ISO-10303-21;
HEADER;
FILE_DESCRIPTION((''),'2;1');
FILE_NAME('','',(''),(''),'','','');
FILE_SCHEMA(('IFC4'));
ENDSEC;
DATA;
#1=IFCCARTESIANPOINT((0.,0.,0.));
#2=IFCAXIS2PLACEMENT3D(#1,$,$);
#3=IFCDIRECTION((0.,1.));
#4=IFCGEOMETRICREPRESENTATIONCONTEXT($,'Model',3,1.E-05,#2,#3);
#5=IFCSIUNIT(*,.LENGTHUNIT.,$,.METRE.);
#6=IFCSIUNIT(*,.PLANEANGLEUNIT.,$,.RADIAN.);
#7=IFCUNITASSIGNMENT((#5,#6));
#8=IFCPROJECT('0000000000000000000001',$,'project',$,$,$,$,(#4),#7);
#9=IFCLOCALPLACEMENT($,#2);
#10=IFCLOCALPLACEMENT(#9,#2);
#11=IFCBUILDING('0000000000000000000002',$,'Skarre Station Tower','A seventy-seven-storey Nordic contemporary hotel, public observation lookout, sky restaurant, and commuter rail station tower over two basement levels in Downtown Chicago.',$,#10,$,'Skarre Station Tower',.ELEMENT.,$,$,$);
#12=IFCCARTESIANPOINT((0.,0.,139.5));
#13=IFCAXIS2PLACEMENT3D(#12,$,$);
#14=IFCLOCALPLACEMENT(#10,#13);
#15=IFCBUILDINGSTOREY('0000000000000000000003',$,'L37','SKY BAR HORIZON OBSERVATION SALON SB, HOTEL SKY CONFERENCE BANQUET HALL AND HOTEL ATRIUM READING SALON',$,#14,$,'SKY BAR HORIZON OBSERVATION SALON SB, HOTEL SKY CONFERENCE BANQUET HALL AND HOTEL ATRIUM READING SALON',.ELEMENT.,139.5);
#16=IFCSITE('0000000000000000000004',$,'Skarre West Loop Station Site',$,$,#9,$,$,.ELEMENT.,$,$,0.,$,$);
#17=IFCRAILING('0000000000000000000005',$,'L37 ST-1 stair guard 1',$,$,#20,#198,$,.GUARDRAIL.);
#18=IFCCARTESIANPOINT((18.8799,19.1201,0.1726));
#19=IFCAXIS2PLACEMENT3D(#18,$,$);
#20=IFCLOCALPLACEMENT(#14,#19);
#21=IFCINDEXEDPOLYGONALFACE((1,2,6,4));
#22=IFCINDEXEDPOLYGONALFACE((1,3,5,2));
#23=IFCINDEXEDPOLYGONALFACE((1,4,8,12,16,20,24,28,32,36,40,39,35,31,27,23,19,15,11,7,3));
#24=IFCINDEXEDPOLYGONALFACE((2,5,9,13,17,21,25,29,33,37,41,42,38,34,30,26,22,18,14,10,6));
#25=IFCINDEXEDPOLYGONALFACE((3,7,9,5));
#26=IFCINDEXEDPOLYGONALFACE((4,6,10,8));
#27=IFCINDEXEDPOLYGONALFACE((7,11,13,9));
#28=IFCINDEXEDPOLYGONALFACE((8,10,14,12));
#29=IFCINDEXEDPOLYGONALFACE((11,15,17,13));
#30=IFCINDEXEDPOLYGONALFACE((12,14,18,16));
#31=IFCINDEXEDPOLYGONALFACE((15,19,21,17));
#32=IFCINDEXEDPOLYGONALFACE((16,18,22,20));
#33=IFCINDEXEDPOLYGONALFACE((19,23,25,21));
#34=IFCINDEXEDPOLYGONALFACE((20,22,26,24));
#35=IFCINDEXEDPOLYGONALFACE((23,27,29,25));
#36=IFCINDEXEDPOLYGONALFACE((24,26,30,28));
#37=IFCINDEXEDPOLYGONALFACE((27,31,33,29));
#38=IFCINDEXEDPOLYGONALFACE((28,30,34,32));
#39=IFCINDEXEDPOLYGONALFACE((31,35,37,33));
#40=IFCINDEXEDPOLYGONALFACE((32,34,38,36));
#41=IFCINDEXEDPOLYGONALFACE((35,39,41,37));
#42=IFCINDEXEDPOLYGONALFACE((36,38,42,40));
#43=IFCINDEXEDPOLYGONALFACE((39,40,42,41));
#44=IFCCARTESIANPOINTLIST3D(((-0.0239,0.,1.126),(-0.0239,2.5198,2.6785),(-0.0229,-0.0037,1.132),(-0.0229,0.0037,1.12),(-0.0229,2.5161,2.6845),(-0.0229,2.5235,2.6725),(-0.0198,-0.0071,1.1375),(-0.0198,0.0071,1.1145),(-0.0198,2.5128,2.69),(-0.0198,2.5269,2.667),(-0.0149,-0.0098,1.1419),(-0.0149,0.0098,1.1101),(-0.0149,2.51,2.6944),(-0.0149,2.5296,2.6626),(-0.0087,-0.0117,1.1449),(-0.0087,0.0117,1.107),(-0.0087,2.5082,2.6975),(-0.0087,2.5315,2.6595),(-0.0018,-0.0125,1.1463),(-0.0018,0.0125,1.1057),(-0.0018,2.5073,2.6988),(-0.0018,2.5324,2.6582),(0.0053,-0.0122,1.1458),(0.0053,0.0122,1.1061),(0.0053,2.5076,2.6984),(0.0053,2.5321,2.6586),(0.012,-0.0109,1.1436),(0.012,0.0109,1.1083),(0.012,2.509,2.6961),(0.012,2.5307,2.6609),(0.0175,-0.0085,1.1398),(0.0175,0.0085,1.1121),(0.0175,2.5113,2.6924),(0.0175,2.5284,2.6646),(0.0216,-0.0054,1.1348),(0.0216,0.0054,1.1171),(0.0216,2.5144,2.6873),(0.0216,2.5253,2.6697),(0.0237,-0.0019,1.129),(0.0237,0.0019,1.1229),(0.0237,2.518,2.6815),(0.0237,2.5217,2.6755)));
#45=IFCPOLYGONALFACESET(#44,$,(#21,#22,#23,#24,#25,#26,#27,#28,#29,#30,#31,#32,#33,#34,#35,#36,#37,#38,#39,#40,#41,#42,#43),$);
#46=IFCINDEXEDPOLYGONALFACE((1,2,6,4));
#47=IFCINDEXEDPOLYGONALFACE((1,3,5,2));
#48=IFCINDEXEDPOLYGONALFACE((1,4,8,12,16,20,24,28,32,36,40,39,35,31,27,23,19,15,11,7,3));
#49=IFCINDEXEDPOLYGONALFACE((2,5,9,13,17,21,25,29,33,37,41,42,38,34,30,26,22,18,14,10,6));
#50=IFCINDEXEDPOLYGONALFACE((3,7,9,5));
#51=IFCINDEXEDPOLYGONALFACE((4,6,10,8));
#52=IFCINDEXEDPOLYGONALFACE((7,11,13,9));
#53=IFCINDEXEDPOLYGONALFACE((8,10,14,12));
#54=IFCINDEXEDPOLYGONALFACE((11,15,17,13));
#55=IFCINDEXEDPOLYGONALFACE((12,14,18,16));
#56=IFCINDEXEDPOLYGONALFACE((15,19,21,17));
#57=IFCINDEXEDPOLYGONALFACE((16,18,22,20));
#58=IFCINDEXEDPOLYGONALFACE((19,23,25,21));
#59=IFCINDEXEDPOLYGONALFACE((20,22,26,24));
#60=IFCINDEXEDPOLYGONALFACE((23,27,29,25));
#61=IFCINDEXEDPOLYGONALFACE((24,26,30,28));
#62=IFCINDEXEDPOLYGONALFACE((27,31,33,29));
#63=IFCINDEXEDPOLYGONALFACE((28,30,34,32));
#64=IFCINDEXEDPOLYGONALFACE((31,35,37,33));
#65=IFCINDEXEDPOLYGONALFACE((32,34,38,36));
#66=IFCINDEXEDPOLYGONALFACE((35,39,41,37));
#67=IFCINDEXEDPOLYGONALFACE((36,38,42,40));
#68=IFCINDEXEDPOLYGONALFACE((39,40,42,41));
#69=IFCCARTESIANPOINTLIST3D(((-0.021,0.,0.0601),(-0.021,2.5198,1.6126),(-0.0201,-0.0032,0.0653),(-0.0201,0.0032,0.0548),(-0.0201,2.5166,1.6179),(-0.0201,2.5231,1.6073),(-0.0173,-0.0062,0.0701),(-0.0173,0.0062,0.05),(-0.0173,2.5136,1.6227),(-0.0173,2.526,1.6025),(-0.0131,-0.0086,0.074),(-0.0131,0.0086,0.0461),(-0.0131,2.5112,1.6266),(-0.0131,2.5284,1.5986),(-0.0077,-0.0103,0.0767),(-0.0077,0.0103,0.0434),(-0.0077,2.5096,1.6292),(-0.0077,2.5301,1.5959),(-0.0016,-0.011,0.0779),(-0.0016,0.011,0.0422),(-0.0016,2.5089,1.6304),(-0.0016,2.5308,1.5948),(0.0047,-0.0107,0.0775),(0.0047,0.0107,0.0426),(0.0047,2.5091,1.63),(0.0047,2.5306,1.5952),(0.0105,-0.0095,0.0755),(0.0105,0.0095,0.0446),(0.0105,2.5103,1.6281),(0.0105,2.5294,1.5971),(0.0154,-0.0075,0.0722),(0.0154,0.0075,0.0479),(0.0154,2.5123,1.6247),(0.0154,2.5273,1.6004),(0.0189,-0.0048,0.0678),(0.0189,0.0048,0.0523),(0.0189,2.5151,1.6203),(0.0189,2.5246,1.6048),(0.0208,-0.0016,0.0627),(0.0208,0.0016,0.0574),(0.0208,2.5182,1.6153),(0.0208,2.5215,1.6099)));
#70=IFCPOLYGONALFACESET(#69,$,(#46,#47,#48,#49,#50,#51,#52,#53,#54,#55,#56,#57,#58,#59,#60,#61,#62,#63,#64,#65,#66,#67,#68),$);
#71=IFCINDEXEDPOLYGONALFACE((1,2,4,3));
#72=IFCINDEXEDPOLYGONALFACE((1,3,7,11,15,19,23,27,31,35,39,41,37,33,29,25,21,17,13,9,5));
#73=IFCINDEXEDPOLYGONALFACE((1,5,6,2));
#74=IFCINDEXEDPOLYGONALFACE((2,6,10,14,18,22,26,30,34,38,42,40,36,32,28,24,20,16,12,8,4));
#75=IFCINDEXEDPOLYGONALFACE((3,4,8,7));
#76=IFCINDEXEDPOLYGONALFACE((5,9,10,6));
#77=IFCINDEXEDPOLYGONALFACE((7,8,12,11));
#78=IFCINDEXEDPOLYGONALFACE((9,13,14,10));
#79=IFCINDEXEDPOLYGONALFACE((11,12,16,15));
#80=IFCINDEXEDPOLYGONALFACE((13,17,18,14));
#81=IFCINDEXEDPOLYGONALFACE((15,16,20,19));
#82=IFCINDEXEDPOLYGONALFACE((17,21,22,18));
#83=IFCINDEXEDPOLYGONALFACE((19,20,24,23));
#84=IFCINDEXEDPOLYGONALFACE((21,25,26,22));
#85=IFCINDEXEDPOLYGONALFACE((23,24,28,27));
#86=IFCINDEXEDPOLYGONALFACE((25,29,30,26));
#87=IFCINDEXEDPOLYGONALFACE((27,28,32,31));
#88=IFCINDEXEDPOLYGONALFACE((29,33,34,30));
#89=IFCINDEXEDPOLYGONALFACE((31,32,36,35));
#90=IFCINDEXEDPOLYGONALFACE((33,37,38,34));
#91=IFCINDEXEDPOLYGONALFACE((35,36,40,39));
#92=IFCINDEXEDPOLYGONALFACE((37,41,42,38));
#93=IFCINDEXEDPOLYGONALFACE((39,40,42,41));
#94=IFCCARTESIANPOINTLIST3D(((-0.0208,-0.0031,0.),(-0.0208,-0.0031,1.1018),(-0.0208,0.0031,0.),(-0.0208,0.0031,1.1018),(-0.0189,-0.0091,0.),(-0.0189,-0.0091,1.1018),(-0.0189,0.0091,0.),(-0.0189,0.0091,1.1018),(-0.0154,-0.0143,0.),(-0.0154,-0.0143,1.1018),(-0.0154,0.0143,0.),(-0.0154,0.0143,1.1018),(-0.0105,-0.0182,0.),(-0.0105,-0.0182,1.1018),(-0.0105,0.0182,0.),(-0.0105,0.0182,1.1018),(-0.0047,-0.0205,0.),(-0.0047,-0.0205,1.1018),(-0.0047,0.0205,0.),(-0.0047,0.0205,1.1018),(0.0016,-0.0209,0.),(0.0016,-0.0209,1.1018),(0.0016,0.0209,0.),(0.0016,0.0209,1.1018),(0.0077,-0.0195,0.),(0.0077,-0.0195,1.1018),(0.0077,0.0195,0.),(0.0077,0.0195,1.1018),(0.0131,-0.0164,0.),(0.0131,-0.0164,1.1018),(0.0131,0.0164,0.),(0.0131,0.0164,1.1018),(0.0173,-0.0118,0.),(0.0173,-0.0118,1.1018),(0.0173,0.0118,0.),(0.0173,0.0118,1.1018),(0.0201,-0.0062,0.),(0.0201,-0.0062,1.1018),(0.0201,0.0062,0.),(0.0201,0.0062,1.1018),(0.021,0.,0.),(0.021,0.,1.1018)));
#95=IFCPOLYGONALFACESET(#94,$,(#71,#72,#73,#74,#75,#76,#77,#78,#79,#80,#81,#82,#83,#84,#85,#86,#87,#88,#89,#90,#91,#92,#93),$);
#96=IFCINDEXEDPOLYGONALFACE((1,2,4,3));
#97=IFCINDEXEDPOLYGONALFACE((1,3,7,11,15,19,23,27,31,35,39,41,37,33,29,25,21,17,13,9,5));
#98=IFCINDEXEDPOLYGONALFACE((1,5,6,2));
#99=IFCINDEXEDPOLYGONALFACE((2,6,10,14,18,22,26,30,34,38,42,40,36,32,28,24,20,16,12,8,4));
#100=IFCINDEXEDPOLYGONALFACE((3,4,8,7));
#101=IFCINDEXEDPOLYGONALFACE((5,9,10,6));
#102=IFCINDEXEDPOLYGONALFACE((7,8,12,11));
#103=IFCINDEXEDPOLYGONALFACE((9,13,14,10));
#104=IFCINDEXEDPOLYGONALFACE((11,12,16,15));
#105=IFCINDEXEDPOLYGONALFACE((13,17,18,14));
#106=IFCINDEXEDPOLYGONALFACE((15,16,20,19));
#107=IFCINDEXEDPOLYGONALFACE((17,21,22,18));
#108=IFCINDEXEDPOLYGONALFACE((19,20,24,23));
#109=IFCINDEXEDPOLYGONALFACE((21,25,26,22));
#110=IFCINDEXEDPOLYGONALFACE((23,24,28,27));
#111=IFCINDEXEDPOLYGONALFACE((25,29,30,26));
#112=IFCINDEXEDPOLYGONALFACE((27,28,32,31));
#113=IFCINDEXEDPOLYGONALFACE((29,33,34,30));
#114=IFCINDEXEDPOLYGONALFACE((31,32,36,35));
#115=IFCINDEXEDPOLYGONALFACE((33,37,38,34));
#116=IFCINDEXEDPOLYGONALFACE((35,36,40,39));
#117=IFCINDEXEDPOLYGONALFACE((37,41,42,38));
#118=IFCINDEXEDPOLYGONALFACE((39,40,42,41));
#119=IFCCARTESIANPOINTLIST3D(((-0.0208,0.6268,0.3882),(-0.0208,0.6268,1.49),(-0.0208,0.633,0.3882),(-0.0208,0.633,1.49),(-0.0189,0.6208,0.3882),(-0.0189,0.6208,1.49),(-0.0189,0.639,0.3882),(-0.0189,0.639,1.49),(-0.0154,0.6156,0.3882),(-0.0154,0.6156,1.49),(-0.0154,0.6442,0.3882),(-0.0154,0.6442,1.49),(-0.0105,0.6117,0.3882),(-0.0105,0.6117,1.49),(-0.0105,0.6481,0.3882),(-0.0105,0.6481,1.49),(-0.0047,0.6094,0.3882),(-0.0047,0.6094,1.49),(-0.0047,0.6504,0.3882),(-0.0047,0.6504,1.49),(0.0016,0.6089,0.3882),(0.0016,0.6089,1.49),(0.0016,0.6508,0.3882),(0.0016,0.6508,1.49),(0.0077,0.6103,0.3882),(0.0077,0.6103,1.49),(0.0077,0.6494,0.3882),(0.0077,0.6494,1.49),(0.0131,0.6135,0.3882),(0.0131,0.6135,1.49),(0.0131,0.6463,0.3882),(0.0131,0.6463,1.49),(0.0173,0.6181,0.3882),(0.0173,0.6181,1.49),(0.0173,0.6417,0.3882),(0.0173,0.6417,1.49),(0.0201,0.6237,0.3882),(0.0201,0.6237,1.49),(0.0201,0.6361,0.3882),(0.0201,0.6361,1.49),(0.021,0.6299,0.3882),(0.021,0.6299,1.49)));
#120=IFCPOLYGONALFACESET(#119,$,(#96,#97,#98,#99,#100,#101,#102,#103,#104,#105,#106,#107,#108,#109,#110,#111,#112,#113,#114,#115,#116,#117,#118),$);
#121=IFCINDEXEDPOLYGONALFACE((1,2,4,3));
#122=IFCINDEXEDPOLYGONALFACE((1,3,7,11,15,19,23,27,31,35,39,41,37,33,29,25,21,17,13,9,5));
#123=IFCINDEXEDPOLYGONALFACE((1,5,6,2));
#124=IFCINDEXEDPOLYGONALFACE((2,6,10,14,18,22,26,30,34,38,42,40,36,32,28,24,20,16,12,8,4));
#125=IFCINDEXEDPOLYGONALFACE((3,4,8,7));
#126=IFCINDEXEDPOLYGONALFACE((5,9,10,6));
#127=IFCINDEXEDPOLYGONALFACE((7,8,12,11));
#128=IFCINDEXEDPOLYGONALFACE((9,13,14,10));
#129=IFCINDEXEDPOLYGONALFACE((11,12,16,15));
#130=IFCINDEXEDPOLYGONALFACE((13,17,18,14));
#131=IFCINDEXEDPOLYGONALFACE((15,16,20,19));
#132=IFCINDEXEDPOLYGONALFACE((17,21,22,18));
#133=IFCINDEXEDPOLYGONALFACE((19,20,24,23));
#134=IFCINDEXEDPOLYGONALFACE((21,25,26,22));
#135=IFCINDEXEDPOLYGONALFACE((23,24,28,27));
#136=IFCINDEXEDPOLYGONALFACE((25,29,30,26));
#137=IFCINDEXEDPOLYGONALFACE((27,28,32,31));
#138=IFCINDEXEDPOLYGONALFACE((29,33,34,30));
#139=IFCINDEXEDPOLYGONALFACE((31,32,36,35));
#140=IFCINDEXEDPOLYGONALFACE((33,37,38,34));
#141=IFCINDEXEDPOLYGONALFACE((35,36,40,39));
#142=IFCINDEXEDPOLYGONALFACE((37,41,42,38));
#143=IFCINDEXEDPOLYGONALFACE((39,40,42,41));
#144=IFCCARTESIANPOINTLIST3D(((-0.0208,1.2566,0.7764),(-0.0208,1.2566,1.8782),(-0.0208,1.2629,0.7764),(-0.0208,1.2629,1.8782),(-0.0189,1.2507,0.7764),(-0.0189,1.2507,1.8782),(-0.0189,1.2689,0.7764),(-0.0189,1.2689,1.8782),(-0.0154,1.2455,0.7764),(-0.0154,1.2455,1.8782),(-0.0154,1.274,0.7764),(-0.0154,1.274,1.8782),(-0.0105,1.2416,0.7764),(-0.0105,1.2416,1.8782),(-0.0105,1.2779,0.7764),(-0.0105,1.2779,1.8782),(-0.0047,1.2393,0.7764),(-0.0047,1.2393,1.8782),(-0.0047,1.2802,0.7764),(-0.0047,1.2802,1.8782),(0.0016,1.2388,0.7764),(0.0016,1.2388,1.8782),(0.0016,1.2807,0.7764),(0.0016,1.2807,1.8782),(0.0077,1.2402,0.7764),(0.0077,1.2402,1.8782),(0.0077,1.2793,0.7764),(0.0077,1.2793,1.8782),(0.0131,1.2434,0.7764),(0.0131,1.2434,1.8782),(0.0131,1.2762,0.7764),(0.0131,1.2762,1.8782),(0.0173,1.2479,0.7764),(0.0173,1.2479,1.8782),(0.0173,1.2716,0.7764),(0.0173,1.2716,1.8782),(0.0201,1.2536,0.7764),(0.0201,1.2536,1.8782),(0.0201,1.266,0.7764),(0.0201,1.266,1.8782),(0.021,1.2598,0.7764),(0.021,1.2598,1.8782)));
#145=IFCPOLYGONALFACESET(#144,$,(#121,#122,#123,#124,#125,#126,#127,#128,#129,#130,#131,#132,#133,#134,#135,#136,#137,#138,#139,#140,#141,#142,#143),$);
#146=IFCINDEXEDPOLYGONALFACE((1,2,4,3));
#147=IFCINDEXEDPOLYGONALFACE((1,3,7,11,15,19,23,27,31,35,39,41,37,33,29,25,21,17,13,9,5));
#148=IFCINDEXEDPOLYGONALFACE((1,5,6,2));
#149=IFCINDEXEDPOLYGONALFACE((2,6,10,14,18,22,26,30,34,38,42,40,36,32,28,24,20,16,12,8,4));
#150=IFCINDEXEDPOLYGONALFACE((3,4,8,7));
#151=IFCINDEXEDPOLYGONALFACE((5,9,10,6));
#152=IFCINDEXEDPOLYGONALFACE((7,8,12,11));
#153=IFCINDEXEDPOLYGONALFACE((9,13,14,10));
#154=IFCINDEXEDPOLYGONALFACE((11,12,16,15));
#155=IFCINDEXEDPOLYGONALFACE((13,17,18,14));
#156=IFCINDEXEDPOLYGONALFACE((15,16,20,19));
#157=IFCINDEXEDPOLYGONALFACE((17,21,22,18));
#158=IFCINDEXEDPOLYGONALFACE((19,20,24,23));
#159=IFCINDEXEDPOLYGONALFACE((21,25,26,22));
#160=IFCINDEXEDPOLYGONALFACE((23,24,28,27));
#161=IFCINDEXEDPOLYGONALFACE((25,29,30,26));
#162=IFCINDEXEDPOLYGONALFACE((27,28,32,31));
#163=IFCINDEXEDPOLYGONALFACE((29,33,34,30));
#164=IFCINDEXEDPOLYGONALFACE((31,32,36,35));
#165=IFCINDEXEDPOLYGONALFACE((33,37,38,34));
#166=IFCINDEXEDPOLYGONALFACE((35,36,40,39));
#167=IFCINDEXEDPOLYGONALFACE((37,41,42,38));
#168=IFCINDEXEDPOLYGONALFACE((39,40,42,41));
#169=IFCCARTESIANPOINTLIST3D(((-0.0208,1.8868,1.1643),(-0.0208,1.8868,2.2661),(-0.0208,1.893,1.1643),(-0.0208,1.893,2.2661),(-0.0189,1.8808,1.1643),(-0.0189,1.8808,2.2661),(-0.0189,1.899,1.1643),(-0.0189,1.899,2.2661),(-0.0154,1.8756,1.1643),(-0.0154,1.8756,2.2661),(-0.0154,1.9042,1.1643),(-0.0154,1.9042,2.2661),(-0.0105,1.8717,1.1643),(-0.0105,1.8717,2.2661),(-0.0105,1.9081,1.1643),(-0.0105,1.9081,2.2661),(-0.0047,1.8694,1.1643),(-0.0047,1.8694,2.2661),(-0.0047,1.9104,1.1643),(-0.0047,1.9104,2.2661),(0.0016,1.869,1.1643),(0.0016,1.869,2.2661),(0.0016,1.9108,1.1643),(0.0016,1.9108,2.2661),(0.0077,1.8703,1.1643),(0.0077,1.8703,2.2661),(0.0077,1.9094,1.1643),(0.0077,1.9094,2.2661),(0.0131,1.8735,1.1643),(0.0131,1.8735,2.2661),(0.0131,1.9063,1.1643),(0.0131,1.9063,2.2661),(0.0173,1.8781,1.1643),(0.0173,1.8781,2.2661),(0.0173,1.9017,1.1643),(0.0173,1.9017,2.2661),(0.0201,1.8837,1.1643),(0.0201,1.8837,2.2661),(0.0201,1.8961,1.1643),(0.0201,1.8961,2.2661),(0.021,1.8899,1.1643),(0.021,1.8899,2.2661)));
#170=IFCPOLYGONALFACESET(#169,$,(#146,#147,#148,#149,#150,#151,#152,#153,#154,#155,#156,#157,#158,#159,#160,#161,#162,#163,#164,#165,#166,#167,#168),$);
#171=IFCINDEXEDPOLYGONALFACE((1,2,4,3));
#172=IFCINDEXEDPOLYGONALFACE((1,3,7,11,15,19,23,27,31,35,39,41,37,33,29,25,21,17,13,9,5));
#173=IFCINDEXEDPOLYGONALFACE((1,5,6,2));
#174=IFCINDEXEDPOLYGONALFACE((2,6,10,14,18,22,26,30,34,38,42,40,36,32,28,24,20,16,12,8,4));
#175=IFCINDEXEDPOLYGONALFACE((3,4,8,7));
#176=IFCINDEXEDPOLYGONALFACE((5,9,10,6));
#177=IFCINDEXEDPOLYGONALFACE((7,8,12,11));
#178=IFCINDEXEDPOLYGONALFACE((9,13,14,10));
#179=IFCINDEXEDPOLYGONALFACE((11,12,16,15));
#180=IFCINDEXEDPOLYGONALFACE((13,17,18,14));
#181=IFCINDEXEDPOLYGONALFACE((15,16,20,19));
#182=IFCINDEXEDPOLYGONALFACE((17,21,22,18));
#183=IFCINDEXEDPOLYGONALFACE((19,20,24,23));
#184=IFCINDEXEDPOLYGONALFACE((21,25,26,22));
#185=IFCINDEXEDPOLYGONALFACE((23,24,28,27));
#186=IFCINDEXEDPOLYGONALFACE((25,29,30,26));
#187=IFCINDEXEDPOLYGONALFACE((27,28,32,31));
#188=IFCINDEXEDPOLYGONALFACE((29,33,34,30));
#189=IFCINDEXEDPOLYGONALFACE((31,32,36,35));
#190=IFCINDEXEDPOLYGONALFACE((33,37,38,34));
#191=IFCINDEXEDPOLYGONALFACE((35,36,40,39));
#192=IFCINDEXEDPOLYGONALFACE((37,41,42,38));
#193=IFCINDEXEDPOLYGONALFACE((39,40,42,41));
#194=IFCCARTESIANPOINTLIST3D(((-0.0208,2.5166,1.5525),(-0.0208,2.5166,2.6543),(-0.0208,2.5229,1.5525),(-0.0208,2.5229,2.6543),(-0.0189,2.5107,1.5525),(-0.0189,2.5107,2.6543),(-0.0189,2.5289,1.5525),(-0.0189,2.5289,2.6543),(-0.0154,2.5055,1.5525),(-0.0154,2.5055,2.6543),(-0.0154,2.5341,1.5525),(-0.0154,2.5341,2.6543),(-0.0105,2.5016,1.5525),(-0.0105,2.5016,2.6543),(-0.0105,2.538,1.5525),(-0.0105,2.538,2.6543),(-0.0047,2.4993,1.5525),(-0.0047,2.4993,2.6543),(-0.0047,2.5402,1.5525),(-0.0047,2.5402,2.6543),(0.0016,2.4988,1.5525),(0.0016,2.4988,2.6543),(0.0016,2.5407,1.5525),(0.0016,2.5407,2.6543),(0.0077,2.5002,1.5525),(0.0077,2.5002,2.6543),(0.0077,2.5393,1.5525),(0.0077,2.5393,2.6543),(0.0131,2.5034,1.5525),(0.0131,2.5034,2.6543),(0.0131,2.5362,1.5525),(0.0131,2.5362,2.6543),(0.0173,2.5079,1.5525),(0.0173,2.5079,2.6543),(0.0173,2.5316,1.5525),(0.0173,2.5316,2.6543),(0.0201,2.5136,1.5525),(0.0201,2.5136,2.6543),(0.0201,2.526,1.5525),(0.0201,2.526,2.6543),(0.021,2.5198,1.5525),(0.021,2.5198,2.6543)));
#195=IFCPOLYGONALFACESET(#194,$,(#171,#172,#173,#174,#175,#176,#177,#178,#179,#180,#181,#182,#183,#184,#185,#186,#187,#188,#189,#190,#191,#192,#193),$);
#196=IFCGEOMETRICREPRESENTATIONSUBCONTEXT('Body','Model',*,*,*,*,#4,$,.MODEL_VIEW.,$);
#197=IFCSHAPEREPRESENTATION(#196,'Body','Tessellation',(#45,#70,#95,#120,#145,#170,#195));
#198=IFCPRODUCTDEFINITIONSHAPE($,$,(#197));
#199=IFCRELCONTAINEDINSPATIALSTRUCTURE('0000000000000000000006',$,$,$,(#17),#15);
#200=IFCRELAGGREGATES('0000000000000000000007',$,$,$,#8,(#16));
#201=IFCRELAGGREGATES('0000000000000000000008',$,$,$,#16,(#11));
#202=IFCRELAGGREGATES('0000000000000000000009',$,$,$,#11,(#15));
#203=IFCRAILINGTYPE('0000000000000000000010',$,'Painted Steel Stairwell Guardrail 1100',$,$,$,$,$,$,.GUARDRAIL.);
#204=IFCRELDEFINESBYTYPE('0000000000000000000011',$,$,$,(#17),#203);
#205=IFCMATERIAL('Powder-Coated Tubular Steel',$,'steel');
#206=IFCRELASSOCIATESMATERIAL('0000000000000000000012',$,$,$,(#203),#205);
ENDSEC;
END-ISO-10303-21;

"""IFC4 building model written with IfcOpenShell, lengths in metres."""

from ifc_helpers import new_model, si_unit, direction, frame, origin, origin_2d, place, context, subcontext, project, spatial, circle, extrude, material, type_object, element, save


model = new_model("IFC4")

# Units and contexts
model_context = context("Model", 3, precision=1e-05, world=origin(), true_north=direction((0.0, 1.0)))
body_context = subcontext(model_context, "Body", "Model", "MODEL_VIEW")
ifc_project = project(units=[si_unit("LENGTHUNIT", "METRE"), si_unit("PLANEANGLEUNIT", "RADIAN")], contexts=[model_context])

# Site, building, storey
site_placement = place(None, origin())
site = spatial("IfcSite", under=ifc_project, at=site_placement, Name="Skarre West Loop Station Site", CompositionType="ELEMENT", RefElevation=0.0)
building_placement = place(site_placement, origin())
building = spatial("IfcBuilding", under=site, at=building_placement, Name="Skarre Station Tower", Description="A seventy-seven-storey Nordic contemporary hotel, public observation lookout, sky restaurant, and commuter rail station tower over two basement levels in Downtown Chicago.", LongName="Skarre Station Tower", CompositionType="ELEMENT")
storey_placement = place(building_placement, frame((0.0, 0.0, 139.5)))
storey = spatial("IfcBuildingStorey", under=building, at=storey_placement, Name="L37", Description="SKY BAR HORIZON OBSERVATION SALON SB, HOTEL SKY CONFERENCE BANQUET HALL AND HOTEL ATRIUM READING SALON", LongName="SKY BAR HORIZON OBSERVATION SALON SB, HOTEL SKY CONFERENCE BANQUET HALL AND HOTEL ATRIUM READING SALON", CompositionType="ELEMENT", Elevation=139.5)

# Railing
ifc_material_1 = material(Name="Powder-Coated Tubular Steel", Category="steel")
railing_type_1 = type_object("IfcRailingType", Name="Painted Steel Stairwell Guardrail 1100", PredefinedType="GUARDRAIL", material=ifc_material_1)
railing_1_placement = place(storey_placement, frame((18.8799, 19.1201, 0.1726)))
element("IfcRailing", 1, at=railing_1_placement, inside=storey, type_object=railing_type_1, Name="L37 ST-1 stair guard 1", PredefinedType="GUARDRAIL", context=body_context, shape_type="SweptSolid", body=[
    extrude(circle(Radius=0.0239, at=origin_2d()), frame((0.0, 0.0, 1.126), z_axis=(0.0, 0.851378, 0.524553), x_axis=(-1.0, 0.0, 0.0)), (0.0, 0.0, 1.0), 2.9597),
    extrude(circle(Radius=0.021, at=origin_2d()), frame((0.0, 0.0, 0.0601), z_axis=(0.0, 0.851378, 0.524553), x_axis=(-1.0, 0.0, 0.0)), (0.0, 0.0, 1.0), 2.9597),
    extrude(circle(Radius=0.021, at=origin_2d()), origin(), (0.0, 0.0, 1.0), 1.1018),
    extrude(circle(Radius=0.021, at=origin_2d()), frame((0.0, 0.6299, 0.3882)), (0.0, 0.0, 1.0), 1.1018),
    extrude(circle(Radius=0.021, at=origin_2d()), frame((0.0, 1.2598, 0.7764)), (0.0, 0.0, 1.0), 1.1018),
    extrude(circle(Radius=0.021, at=origin_2d()), frame((0.0, 1.8899, 1.1643)), (0.0, 0.0, 1.0), 1.1018),
    extrude(circle(Radius=0.021, at=origin_2d()), frame((0.0, 2.5198, 1.5525)), (0.0, 0.0, 1.0), 1.1018),
])

save(model, "model.ifc")
